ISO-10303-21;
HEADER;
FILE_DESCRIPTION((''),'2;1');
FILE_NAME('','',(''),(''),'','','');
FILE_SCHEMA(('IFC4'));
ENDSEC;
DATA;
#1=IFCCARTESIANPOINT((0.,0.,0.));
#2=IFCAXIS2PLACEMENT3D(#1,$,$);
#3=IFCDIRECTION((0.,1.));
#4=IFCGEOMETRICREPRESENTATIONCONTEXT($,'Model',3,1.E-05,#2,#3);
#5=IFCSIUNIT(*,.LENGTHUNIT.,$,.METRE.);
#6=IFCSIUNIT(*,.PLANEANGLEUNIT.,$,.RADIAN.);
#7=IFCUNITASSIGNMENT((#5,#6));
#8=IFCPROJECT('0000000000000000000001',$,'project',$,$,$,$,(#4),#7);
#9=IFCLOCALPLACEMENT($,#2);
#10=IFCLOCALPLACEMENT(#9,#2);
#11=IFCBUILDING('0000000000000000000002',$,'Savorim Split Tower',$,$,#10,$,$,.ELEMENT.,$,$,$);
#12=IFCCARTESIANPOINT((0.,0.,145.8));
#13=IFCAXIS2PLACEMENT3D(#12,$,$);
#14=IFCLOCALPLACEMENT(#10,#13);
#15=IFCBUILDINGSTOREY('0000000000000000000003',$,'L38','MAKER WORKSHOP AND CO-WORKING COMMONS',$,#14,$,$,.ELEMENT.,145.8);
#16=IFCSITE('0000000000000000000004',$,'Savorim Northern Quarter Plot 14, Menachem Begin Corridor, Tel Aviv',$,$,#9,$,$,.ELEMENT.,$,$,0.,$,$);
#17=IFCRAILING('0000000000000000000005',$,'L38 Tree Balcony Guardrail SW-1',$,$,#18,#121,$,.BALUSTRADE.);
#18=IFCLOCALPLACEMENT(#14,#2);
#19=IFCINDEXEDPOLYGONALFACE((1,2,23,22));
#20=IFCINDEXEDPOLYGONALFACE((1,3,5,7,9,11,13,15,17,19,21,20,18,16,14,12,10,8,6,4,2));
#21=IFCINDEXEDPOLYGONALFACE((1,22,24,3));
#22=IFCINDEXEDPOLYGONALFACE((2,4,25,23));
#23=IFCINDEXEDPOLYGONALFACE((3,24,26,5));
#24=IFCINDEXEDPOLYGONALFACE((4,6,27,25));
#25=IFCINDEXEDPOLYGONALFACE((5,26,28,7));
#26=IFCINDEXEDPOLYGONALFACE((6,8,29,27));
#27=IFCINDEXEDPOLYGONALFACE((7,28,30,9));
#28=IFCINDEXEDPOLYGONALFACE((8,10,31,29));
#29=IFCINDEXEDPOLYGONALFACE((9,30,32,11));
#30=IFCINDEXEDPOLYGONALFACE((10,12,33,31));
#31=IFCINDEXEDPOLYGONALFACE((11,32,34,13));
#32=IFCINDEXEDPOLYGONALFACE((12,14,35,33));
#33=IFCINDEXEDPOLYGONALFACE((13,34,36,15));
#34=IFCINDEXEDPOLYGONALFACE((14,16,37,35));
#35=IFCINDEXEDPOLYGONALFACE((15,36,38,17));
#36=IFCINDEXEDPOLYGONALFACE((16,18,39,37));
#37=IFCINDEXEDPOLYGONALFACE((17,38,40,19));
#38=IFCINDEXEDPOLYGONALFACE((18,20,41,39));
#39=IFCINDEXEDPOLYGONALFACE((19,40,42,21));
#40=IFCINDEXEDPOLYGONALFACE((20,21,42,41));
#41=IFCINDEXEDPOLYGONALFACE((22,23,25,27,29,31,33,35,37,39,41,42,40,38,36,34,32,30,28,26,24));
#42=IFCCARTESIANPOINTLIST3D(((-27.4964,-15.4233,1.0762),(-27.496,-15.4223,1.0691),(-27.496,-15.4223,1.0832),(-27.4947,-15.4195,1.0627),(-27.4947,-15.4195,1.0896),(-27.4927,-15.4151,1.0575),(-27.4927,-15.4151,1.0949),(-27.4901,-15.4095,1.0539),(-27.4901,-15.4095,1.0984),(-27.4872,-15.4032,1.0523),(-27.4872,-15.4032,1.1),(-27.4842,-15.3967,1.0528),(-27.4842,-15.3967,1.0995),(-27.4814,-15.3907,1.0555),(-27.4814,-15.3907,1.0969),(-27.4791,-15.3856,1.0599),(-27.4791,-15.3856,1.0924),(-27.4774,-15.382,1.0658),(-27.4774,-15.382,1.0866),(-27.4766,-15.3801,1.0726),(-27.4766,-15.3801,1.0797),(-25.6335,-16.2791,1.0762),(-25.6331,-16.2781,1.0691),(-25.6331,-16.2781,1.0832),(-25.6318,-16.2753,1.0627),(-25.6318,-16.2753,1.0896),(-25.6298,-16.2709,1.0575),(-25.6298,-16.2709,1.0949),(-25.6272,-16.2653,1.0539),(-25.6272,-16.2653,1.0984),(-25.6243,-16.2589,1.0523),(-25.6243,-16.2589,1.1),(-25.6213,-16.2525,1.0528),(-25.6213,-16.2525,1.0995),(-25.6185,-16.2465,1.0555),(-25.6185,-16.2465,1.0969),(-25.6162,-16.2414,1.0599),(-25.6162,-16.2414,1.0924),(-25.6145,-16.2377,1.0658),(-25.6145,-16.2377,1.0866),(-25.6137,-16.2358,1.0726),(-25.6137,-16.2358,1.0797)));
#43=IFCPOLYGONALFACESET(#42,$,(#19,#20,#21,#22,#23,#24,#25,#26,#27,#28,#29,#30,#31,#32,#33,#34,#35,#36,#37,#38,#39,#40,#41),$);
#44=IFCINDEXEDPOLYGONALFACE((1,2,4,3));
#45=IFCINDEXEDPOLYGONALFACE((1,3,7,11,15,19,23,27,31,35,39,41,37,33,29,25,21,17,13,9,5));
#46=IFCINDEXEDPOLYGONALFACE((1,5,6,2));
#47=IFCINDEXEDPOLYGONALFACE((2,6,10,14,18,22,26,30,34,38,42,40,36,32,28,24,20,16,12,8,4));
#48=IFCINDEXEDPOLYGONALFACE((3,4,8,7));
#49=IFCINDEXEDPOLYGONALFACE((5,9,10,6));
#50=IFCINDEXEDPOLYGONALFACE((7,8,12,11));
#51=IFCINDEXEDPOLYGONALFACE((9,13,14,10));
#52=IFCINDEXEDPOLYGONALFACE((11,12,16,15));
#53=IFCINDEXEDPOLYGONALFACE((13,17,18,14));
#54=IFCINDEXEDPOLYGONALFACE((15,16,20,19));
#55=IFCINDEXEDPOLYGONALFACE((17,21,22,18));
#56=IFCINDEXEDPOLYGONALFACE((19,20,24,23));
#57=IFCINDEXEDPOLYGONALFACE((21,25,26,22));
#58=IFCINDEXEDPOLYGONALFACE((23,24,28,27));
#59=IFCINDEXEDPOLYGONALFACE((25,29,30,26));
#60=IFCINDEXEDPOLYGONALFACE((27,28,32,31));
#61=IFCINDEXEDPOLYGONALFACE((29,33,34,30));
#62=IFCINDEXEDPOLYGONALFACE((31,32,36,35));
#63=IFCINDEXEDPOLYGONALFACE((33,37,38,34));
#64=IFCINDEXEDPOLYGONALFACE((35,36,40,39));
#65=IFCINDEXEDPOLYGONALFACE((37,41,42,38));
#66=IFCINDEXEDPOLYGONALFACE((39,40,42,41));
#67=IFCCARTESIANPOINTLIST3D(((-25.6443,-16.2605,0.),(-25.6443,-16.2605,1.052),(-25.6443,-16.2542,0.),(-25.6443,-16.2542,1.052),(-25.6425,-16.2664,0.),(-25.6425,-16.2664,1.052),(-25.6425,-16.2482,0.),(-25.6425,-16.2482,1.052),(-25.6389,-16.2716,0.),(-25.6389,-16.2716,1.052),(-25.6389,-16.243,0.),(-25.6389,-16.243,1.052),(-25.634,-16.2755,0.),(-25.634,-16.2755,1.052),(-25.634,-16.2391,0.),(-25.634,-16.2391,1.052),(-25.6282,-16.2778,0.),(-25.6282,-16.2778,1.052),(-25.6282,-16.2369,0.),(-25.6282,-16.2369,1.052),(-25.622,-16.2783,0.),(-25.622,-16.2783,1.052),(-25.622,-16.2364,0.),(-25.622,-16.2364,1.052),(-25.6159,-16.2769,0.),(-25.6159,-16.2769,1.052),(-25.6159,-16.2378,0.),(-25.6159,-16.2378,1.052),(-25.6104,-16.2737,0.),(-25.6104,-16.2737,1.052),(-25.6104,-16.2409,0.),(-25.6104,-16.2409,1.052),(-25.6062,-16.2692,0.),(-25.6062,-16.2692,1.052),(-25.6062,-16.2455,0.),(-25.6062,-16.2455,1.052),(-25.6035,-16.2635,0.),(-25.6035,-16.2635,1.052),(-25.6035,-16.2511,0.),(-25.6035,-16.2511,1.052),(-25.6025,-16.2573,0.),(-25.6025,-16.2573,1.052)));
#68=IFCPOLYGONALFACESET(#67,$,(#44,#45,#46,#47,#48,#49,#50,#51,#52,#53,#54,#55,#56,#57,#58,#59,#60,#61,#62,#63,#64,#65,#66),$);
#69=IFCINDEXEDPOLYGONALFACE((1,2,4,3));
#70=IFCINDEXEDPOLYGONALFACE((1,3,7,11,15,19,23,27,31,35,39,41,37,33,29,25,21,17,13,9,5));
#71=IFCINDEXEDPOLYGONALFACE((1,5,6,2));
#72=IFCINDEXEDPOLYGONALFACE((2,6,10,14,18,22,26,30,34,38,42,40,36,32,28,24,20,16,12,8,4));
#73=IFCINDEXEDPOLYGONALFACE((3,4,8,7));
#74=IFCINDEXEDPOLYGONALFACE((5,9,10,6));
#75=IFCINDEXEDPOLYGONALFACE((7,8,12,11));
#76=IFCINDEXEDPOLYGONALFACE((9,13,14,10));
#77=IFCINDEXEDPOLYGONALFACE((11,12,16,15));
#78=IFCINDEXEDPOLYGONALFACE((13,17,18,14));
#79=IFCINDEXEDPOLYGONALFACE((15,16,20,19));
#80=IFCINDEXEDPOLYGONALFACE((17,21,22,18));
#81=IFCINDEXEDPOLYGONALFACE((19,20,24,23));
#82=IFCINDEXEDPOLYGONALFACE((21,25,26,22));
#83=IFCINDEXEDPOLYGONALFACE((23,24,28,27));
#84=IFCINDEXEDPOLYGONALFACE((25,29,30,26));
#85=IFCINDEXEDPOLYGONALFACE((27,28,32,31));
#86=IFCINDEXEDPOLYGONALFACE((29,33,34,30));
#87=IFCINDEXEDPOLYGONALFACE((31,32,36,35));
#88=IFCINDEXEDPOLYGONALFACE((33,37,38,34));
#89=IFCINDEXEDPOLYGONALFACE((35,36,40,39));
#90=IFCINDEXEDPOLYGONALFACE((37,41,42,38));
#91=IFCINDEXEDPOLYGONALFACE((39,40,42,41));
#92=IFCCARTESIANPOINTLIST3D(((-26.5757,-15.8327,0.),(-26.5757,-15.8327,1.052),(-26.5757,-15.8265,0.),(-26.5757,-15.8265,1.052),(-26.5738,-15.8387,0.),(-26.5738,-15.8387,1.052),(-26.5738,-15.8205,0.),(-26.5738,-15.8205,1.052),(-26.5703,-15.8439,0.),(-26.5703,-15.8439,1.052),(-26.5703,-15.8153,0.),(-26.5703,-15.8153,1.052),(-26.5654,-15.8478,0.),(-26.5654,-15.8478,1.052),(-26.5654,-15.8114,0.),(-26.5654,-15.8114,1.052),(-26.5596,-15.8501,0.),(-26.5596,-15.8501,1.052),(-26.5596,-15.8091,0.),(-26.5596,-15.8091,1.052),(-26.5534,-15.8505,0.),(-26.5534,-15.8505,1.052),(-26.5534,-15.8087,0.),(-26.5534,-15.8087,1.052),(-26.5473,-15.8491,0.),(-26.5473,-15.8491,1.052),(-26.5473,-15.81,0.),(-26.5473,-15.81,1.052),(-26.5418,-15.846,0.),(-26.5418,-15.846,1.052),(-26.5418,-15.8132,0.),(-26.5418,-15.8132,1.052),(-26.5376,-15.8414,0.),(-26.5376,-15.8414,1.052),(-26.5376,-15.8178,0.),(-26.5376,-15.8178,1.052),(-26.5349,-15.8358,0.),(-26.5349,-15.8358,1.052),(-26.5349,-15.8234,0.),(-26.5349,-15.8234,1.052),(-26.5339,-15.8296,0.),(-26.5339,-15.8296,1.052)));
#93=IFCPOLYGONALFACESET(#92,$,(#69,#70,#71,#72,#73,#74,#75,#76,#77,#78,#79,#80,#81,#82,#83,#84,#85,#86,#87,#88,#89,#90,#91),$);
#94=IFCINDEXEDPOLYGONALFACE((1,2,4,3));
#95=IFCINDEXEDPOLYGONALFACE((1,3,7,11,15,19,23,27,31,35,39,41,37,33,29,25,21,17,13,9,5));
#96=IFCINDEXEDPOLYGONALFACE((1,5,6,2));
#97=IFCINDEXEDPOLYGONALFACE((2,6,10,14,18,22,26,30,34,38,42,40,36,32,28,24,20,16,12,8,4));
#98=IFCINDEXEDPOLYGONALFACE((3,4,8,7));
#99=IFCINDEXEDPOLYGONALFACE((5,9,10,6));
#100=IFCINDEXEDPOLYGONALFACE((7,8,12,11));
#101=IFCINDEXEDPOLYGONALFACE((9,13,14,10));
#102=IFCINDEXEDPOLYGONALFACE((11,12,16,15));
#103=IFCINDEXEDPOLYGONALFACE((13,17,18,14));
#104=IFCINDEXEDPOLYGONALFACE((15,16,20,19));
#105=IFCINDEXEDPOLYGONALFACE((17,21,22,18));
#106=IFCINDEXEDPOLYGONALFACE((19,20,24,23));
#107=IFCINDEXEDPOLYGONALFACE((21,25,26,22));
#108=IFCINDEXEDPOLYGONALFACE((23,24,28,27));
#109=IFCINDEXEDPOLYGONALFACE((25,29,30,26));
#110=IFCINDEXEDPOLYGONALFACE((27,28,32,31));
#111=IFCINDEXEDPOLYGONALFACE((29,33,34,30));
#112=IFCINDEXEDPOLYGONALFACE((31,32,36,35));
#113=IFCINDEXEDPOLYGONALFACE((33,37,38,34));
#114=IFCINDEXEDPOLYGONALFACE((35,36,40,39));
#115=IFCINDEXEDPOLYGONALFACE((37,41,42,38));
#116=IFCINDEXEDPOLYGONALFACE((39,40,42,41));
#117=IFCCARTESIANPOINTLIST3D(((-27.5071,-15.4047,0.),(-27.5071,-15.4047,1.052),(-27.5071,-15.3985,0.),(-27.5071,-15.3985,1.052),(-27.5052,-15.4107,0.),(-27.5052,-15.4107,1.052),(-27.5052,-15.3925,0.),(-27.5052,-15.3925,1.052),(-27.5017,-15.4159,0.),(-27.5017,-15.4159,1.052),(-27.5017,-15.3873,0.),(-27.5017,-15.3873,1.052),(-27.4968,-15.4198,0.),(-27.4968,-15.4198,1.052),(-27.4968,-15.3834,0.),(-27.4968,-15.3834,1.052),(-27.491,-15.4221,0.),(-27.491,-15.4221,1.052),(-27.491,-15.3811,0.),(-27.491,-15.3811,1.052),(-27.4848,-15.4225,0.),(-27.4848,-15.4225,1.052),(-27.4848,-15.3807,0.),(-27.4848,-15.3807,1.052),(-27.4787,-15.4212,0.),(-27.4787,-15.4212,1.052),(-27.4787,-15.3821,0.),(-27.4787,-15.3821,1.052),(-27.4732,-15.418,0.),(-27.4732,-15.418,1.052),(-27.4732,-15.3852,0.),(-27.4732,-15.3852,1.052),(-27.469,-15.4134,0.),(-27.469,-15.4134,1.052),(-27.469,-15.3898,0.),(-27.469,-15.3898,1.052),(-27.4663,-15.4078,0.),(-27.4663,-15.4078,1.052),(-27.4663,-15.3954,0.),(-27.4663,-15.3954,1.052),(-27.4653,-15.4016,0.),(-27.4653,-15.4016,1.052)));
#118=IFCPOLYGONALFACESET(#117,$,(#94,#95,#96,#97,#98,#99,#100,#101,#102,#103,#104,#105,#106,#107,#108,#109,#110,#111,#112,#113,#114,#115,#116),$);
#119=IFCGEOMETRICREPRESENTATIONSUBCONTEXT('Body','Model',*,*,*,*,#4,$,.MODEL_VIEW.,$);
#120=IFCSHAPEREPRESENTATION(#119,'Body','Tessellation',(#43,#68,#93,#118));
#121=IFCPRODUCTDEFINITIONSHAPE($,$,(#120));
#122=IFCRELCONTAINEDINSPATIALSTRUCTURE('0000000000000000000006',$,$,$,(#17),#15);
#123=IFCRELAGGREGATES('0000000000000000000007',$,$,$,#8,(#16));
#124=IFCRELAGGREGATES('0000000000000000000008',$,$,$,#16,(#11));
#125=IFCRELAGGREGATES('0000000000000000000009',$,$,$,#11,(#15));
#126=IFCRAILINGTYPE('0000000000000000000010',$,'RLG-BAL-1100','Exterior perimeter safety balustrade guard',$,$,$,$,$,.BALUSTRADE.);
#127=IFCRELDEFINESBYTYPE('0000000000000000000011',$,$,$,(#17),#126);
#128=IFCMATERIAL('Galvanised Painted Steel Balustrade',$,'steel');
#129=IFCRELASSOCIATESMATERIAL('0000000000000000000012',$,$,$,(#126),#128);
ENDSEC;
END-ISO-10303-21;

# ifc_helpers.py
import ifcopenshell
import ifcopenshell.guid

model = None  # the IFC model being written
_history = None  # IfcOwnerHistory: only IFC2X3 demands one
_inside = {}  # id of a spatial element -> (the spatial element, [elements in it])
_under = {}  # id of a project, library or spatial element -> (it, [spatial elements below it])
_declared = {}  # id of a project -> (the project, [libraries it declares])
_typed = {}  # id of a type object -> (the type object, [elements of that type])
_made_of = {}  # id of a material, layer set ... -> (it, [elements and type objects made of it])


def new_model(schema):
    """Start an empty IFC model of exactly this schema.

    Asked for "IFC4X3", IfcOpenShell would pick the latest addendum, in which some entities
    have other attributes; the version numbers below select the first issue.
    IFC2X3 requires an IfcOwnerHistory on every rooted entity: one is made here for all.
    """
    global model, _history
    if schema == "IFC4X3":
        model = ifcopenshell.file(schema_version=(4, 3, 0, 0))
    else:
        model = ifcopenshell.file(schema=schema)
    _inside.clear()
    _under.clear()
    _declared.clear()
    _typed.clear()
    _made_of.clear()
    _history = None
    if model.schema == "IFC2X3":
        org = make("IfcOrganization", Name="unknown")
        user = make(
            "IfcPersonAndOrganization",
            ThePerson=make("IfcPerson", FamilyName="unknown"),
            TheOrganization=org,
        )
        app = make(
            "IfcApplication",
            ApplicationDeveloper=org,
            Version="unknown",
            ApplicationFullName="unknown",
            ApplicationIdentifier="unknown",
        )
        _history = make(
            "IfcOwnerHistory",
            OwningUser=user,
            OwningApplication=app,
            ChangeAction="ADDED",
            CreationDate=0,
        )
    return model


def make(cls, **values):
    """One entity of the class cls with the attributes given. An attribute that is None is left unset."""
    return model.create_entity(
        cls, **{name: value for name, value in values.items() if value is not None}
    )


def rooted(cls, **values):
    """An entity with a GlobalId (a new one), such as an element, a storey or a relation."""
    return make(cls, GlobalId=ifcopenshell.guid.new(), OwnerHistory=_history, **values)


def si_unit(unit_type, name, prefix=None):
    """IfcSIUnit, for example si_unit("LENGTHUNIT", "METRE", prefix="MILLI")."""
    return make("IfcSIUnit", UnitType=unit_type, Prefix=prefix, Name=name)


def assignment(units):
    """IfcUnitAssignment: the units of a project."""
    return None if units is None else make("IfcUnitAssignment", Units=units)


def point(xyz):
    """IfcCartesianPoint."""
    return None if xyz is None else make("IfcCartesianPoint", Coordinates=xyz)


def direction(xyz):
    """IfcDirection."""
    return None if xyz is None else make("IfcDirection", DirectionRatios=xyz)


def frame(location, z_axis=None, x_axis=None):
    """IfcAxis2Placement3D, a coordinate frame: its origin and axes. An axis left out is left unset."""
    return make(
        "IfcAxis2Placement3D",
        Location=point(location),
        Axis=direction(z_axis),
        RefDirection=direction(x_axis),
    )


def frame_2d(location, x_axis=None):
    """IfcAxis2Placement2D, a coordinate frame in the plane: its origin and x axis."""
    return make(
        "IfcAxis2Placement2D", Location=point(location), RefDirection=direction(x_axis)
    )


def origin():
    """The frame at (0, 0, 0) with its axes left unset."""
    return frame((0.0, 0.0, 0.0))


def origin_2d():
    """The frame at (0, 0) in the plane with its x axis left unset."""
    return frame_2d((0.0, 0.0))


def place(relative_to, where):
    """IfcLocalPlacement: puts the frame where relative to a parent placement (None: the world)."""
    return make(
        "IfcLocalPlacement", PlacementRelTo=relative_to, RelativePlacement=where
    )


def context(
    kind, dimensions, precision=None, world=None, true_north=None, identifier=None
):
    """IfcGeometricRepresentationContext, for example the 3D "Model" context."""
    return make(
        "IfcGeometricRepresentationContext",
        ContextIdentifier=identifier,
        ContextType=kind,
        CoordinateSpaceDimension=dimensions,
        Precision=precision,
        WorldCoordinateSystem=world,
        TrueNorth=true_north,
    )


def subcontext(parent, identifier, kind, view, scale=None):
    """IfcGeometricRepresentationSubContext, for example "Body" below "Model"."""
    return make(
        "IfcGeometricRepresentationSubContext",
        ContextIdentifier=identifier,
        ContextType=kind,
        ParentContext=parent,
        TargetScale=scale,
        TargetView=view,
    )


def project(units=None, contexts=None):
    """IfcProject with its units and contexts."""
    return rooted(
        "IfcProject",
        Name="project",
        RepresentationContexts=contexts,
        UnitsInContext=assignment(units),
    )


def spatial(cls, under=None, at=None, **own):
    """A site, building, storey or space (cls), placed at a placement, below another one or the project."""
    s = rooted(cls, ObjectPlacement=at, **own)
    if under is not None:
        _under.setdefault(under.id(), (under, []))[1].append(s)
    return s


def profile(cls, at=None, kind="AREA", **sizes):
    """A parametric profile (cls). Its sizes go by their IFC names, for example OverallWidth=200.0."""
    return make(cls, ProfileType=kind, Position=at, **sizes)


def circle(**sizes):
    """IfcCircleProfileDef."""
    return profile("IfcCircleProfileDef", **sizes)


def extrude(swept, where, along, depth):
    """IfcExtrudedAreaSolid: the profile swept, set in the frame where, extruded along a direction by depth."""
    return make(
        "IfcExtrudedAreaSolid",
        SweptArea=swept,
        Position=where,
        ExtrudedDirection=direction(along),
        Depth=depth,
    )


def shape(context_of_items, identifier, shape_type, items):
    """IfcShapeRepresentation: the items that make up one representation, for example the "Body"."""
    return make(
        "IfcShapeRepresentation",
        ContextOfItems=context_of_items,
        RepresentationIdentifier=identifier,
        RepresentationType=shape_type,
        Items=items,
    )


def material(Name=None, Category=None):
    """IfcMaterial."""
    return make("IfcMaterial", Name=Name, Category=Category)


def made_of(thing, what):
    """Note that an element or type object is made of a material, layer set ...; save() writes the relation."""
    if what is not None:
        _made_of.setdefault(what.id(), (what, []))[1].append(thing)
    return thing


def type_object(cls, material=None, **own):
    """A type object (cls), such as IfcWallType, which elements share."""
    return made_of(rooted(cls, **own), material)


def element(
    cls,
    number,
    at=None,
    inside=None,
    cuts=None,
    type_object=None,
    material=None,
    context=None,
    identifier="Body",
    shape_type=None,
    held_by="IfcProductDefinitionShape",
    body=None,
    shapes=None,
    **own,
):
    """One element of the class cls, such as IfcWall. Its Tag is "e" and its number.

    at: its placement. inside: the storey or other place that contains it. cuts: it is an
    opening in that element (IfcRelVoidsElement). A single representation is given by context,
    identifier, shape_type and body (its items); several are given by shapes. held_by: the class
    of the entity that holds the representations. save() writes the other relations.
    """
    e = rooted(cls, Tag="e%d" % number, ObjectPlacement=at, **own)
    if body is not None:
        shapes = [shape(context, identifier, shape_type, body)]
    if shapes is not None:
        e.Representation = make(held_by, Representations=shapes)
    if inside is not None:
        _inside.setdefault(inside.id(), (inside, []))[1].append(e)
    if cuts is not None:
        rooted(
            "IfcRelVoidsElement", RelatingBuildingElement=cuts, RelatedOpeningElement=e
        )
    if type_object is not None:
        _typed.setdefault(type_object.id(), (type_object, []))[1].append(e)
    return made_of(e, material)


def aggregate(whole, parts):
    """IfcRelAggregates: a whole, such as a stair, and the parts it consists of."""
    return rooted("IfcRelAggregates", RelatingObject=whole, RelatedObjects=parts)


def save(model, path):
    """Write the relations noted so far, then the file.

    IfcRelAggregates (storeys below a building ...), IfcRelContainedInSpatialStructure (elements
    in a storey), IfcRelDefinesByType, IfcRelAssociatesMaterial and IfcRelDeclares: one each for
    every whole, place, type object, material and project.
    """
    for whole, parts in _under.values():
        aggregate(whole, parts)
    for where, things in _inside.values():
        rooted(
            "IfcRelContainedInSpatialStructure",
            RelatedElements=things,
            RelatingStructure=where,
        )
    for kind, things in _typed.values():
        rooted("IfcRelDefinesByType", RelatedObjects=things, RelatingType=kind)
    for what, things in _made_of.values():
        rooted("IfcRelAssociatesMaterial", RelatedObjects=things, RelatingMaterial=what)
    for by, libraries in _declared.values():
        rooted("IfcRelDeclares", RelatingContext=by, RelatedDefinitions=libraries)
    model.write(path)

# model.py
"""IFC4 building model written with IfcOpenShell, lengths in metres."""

from ifc_helpers import new_model, si_unit, direction, frame, origin, origin_2d, place, context, subcontext, project, spatial, circle, extrude, material, type_object, element, save


model = new_model("IFC4")

# Units and contexts
model_context = context("Model", 3, precision=1e-05, world=origin(), true_north=direction((0.0, 1.0)))
body_context = subcontext(model_context, "Body", "Model", "MODEL_VIEW")
ifc_project = project(units=[si_unit("LENGTHUNIT", "METRE"), si_unit("PLANEANGLEUNIT", "RADIAN")], contexts=[model_context])

# Site, building, storey
site_placement = place(None, origin())
site = spatial("IfcSite", under=ifc_project, at=site_placement, Name="Savorim Northern Quarter Plot 14, Menachem Begin Corridor, Tel Aviv", CompositionType="ELEMENT", RefElevation=0.0)
building_placement = place(site_placement, origin())
building = spatial("IfcBuilding", under=site, at=building_placement, Name="Savorim Split Tower", CompositionType="ELEMENT")
storey_placement = place(building_placement, frame((0.0, 0.0, 145.8)))
storey = spatial("IfcBuildingStorey", under=building, at=storey_placement, Name="L38", Description="MAKER WORKSHOP AND CO-WORKING COMMONS", CompositionType="ELEMENT", Elevation=145.8)

# Railing
ifc_material_1 = material(Name="Galvanised Painted Steel Balustrade", Category="steel")
railing_type = type_object("IfcRailingType", Name="RLG-BAL-1100", Description="Exterior perimeter safety balustrade guard", PredefinedType="BALUSTRADE", material=ifc_material_1)
railing_1_placement = place(storey_placement, frame((-25.6235, -16.2573, 0.0)))
element("IfcRailing", 1, at=railing_1_placement, inside=storey, type_object=railing_type, Name="L38 Tree Balcony Guardrail SW-1", PredefinedType="BALUSTRADE", context=body_context, shape_type="SweptSolid", body=[
    extrude(circle(Radius=0.0239, at=origin_2d()), frame((0.0, 0.0, 1.0762), z_axis=(-0.908707, 0.417434, 0.0), x_axis=(-0.417434, -0.908707, 0.0)), (0.0, 0.0, 1.0), 2.05),
    extrude(circle(Radius=0.021, at=origin_2d()), origin(), (0.0, 0.0, 1.0), 1.052),
    extrude(circle(Radius=0.021, at=origin_2d()), frame((-0.9314, 0.4277, 0.0)), (0.0, 0.0, 1.0), 1.052),
    extrude(circle(Radius=0.021, at=origin_2d()), frame((-1.8628, 0.8557, 0.0)), (0.0, 0.0, 1.0), 1.052),
])

save(model, "model.ifc")
